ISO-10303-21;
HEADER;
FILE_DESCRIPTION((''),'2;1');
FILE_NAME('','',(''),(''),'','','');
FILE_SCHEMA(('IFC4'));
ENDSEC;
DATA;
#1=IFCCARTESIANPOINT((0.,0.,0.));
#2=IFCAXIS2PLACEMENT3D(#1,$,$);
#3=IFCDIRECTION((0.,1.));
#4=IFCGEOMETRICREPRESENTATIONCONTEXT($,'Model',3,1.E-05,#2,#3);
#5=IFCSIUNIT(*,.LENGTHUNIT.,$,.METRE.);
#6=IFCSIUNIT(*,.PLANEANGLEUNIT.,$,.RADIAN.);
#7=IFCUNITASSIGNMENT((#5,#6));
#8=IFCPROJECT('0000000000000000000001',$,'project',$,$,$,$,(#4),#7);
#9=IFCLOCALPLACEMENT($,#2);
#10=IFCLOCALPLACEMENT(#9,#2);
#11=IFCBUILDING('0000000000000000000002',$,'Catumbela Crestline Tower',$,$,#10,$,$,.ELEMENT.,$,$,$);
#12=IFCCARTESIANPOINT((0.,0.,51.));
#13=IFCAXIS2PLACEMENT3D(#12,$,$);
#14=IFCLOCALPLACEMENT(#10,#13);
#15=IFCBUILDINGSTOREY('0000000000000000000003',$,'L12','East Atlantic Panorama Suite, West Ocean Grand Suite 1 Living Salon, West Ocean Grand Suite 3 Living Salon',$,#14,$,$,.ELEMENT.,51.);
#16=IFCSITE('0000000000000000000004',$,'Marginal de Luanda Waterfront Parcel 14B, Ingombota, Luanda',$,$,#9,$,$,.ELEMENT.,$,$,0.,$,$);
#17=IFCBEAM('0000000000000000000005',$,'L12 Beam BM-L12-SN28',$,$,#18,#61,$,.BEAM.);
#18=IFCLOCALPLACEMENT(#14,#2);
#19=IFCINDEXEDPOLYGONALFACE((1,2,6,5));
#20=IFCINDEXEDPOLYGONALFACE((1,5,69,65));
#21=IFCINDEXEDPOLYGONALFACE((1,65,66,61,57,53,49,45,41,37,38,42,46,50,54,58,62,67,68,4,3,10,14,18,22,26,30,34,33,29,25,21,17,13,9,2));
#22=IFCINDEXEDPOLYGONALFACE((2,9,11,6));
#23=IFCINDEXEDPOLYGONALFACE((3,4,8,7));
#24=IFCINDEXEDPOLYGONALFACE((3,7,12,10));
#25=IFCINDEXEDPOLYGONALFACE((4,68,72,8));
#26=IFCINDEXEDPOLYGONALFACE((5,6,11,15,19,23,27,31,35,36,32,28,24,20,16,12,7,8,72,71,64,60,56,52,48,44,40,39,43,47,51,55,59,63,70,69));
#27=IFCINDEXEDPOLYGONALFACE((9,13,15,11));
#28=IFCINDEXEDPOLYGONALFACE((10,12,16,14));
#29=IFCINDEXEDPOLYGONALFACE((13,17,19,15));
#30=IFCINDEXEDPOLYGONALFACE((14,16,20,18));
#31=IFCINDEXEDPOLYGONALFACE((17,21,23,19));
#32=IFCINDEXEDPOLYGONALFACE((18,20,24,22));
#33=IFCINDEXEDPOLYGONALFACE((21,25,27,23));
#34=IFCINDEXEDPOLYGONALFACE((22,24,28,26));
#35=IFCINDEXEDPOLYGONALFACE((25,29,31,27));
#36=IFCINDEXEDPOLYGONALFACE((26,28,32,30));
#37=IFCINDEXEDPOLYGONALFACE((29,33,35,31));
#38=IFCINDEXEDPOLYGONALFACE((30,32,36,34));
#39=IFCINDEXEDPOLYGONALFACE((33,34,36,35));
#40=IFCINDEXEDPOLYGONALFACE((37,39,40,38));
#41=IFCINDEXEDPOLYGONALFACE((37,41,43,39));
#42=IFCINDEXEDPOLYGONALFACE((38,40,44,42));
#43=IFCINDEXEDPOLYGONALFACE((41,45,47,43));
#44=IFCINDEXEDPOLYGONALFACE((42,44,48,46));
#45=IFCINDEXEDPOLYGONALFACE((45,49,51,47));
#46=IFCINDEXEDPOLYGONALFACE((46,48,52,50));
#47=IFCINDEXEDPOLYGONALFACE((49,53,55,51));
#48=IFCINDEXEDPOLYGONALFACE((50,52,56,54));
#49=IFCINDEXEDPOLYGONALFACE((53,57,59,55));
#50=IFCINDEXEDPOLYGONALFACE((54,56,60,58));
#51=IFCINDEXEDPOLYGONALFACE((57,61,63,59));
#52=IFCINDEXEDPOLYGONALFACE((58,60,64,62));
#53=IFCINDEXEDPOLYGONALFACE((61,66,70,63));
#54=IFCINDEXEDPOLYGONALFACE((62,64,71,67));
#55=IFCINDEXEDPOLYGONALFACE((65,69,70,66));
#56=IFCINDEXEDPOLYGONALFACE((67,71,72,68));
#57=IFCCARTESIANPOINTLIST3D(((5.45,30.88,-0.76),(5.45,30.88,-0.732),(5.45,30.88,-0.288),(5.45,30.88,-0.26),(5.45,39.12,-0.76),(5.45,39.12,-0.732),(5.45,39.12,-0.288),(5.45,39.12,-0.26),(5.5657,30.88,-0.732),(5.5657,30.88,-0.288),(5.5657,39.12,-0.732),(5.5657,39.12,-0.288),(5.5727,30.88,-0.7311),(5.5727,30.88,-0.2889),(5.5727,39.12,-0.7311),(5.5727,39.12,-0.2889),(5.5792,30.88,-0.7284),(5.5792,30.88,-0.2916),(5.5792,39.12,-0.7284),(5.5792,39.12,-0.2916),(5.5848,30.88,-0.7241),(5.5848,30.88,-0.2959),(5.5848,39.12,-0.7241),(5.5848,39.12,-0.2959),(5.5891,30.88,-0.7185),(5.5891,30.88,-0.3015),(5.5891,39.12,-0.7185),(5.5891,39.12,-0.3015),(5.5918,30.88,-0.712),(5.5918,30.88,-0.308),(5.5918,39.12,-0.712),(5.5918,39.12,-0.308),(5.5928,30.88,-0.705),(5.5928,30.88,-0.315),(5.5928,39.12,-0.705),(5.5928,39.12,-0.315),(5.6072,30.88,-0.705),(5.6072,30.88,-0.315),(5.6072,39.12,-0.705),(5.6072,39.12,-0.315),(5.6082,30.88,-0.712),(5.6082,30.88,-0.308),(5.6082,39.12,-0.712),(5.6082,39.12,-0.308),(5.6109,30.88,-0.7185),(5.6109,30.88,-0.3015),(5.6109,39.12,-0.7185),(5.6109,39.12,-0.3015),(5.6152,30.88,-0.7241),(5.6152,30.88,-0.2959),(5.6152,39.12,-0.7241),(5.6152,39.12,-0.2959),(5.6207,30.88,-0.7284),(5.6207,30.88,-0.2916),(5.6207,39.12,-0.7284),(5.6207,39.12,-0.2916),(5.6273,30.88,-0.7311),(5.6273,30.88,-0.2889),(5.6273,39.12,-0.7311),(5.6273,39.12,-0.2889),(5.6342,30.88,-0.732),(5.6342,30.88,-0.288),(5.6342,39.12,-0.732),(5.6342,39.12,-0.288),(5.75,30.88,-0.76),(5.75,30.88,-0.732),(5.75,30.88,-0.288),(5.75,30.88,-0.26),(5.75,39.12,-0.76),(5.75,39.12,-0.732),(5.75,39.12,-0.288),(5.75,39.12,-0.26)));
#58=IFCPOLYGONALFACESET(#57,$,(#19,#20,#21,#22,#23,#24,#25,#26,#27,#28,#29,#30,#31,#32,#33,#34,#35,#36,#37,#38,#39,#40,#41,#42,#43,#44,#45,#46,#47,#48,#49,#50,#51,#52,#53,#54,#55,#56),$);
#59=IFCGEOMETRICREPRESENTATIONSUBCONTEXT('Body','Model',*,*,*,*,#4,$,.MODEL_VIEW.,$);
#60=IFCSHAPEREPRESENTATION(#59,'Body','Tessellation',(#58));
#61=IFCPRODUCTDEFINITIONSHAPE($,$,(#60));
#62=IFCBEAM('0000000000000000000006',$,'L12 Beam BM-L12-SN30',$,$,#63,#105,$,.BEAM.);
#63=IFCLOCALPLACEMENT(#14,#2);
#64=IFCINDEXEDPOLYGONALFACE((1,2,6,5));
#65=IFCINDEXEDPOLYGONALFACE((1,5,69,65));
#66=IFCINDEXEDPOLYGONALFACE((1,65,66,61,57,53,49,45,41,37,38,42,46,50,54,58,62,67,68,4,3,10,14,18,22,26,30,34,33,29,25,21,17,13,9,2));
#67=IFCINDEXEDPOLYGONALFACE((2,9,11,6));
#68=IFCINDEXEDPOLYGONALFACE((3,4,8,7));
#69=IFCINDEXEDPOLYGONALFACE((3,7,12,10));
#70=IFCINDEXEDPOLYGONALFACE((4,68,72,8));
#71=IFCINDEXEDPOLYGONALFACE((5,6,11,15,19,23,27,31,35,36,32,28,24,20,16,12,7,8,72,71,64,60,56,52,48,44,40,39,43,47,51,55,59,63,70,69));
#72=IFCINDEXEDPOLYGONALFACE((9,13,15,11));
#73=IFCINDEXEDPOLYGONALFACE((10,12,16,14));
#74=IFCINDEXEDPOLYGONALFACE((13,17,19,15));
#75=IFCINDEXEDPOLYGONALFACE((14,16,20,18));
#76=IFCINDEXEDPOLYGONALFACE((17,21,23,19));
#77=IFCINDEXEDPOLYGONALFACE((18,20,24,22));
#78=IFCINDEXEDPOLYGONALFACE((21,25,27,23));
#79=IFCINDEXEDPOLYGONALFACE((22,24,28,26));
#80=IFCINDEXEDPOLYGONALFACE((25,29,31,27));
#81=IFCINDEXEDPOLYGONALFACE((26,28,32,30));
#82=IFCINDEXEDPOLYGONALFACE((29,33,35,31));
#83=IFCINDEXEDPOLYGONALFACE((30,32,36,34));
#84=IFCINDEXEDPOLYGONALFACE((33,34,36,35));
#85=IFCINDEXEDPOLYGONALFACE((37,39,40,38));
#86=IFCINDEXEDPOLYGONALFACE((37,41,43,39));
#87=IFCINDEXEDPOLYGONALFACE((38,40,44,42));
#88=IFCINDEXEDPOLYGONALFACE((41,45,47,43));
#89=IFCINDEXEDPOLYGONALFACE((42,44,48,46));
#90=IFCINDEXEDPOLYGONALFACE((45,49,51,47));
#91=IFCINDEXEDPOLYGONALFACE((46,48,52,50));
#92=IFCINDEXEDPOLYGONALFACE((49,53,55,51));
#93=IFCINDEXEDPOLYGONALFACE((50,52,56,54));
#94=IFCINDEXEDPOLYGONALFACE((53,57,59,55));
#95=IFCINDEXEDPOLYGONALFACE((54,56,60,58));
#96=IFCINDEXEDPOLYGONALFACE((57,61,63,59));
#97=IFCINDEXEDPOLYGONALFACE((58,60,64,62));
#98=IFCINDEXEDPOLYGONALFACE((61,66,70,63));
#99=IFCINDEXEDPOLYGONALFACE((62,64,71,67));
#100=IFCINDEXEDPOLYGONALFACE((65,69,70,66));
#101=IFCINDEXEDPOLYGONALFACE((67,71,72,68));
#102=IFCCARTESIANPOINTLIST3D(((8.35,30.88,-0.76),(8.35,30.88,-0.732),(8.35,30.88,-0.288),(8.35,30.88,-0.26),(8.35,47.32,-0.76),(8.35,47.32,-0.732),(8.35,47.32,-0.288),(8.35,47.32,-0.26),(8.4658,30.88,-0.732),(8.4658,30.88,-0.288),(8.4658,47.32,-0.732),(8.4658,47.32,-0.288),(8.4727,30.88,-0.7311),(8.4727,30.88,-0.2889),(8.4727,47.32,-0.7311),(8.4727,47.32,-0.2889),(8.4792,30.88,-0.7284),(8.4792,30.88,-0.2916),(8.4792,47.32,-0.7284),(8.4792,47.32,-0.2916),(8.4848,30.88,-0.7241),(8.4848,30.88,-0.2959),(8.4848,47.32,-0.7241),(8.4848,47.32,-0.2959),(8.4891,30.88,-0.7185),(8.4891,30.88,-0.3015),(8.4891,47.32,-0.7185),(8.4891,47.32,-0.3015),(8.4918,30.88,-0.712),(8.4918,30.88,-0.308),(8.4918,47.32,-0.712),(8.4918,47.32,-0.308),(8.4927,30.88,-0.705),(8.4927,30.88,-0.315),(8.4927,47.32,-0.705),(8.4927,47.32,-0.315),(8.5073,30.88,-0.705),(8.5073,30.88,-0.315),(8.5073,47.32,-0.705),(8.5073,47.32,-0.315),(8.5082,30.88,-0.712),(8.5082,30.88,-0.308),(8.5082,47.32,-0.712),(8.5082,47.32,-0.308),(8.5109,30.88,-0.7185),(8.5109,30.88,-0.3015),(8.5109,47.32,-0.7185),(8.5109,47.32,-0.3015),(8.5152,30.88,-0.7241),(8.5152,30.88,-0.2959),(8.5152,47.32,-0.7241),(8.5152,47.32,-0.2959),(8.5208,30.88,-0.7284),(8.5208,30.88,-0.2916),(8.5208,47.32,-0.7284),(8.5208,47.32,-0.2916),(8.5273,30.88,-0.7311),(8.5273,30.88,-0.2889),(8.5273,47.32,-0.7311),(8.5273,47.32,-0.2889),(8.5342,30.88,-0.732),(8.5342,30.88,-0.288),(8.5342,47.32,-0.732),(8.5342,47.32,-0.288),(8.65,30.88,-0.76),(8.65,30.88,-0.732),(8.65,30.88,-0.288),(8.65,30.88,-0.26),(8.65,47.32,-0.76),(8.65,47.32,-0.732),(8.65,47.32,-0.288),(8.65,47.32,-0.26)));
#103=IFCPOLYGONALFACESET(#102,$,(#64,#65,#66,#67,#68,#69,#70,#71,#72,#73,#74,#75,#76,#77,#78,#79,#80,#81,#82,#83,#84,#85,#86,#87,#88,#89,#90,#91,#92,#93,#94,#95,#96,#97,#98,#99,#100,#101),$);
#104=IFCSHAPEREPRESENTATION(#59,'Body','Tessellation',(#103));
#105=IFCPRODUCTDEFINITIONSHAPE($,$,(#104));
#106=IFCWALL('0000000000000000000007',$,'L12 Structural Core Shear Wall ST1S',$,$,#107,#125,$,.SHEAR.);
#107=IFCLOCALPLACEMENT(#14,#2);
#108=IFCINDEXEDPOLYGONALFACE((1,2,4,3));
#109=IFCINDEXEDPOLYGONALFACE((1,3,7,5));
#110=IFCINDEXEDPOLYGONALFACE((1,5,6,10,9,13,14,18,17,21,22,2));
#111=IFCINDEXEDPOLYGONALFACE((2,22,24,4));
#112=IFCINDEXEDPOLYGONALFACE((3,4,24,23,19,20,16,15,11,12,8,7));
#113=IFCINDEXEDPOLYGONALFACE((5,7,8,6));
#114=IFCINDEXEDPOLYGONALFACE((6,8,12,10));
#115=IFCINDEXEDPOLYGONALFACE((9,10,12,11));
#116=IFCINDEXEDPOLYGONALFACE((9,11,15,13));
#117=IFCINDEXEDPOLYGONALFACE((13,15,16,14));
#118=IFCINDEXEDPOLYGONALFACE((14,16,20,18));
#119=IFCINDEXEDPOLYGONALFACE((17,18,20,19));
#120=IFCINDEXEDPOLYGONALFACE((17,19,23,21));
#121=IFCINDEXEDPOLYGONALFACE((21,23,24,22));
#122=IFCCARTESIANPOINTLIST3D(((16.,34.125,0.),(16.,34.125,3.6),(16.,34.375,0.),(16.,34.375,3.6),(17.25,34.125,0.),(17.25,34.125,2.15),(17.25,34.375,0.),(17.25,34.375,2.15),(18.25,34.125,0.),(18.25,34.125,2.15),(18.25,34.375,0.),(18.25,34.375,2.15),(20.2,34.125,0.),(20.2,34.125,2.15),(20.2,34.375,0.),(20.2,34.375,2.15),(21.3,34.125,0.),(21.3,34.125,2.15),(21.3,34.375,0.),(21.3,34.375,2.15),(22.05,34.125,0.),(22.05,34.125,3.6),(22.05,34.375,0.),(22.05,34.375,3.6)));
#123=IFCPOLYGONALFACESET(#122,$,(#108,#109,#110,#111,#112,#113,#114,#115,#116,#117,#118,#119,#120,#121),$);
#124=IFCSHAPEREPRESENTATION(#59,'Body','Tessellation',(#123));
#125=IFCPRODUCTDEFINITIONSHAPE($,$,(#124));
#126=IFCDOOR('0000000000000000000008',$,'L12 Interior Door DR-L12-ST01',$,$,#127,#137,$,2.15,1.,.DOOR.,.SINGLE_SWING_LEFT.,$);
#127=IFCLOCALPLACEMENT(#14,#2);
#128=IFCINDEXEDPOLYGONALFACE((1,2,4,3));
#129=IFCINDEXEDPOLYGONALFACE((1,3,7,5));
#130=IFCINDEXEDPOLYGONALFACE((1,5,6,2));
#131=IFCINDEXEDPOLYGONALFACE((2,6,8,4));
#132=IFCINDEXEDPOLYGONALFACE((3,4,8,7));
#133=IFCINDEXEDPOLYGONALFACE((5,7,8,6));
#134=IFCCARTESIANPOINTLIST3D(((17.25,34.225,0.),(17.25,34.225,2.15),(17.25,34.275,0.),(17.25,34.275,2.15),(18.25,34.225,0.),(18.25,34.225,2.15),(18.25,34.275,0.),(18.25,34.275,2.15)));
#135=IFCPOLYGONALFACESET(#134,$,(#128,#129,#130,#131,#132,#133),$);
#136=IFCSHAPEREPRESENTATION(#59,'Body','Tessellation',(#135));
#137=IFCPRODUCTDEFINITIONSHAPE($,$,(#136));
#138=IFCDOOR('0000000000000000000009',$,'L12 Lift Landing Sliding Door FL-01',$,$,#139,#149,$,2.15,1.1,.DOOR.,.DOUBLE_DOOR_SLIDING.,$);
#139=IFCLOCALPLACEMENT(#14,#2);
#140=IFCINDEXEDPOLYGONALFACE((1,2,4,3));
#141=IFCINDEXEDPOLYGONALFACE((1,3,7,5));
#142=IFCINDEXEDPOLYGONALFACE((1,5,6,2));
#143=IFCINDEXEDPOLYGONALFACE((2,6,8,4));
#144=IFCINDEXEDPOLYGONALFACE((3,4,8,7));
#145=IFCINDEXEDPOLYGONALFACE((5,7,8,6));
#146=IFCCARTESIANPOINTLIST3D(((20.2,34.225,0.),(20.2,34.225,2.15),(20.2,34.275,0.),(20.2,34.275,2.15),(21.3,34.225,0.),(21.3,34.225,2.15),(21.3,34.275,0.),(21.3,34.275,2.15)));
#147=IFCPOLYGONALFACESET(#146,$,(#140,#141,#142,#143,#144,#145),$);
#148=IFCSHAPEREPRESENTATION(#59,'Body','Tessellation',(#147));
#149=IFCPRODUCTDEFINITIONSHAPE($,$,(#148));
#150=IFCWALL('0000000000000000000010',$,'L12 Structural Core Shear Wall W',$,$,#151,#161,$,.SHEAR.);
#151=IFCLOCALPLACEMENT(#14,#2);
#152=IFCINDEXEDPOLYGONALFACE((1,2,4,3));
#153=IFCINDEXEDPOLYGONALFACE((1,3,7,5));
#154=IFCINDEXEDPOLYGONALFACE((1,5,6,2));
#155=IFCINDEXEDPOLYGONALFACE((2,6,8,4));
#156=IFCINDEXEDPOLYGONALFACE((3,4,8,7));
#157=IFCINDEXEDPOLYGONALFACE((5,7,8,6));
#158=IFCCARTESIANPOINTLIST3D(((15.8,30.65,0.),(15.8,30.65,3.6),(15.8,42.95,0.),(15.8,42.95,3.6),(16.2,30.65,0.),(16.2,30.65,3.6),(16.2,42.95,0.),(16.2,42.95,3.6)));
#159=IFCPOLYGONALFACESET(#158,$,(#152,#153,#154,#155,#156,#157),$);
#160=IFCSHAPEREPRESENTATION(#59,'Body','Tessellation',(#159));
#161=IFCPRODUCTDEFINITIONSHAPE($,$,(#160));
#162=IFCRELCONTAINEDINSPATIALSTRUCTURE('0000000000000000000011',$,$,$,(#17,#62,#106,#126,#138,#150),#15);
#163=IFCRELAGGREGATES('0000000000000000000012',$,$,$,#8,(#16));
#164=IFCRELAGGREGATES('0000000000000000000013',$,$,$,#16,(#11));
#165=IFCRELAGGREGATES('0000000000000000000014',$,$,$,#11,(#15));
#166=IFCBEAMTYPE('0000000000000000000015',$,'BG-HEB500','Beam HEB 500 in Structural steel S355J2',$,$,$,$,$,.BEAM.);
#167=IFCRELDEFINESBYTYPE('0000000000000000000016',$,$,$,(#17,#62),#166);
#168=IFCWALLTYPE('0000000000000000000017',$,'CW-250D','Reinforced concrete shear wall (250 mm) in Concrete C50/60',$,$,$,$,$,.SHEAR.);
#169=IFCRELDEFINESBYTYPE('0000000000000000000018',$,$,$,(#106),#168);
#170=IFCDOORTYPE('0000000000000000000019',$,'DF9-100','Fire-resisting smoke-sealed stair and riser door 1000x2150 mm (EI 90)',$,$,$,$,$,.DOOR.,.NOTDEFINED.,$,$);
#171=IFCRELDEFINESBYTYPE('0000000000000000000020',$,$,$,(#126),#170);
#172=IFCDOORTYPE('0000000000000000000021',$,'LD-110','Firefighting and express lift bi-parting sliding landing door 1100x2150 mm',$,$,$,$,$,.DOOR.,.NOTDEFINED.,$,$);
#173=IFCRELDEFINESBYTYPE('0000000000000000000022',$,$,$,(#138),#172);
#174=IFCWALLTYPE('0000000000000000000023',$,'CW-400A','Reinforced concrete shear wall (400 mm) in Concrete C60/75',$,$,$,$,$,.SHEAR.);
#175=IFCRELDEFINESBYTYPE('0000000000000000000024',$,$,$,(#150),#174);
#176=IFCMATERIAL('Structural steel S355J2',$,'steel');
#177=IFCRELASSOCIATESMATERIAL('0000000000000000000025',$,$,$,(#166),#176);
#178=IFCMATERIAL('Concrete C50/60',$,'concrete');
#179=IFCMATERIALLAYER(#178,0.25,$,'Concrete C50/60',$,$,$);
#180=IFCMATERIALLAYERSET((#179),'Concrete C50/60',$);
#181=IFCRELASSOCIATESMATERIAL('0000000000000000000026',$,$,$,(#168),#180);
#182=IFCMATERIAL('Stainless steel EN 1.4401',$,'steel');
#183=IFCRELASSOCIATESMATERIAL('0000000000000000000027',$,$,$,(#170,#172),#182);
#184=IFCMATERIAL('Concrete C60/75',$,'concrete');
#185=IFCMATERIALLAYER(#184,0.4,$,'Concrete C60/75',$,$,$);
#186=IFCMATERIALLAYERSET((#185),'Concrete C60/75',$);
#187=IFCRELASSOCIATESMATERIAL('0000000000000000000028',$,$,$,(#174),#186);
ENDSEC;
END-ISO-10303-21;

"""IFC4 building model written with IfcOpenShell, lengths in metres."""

from ifc_helpers import new_model, si_unit, direction, frame, frame_2d, origin, origin_2d, place, context, subcontext, project, spatial, rectangle, i_section, extrude, material, layer, layer_set, material_profile, profile_set, type_object, element, fill, save


model = new_model("IFC4")

# Units and contexts
model_context = context("Model", 3, precision=1e-05, world=origin(), true_north=direction((0.0, 1.0)))
body_context = subcontext(model_context, "Body", "Model", "MODEL_VIEW")
ifc_project = project(units=[si_unit("LENGTHUNIT", "METRE"), si_unit("PLANEANGLEUNIT", "RADIAN")], contexts=[model_context])

# Site, building, storey
site_placement = place(None, origin())
site = spatial("IfcSite", under=ifc_project, at=site_placement, Name="Marginal de Luanda Waterfront Parcel 14B, Ingombota, Luanda", CompositionType="ELEMENT", RefElevation=0.0)
building_placement = place(site_placement, origin())
building = spatial("IfcBuilding", under=site, at=building_placement, Name="Catumbela Crestline Tower", CompositionType="ELEMENT")
storey_placement = place(building_placement, frame((0.0, 0.0, 51.0)))
storey = spatial("IfcBuildingStorey", under=building, at=storey_placement, Name="L12", Description="East Atlantic Panorama Suite, West Ocean Grand Suite 1 Living Salon, West Ocean Grand Suite 3 Living Salon", CompositionType="ELEMENT", Elevation=51.0)

# Beams
ifc_material_1 = material(Name="Structural steel S355J2", Category="steel")
ifc_material_profile_1 = material_profile(ifc_material_1, i_section(OverallWidth=0.3, OverallDepth=0.5, WebThickness=0.0145, FlangeThickness=0.028, FilletRadius=0.027, at=origin_2d()), Name="HEB 500")
ifc_profile_set_1 = profile_set([ifc_material_profile_1], Name="Structural steel S355J2")
beam_type = type_object("IfcBeamType", Name="BG-HEB500", Description="Beam HEB 500 in Structural steel S355J2", PredefinedType="BEAM", material=ifc_profile_set_1)
beam_1_placement = place(storey_placement, frame((5.6, 30.88, -0.51), z_axis=(0.0, 1.0, 0.0), x_axis=(-1.0, 0.0, 0.0)))
element("IfcBeam", 1, at=beam_1_placement, inside=storey, type_object=beam_type, Name="L12 Beam BM-L12-SN28", PredefinedType="BEAM", context=body_context, shape_type="SweptSolid", body=[
    extrude(i_section(OverallWidth=0.3, OverallDepth=0.5, WebThickness=0.0145, FlangeThickness=0.028, FilletRadius=0.027, at=origin_2d()), origin(), (0.0, 0.0, 1.0), 8.24),
])
beam_2_placement = place(storey_placement, frame((8.5, 30.88, -0.51), z_axis=(0.0, 1.0, 0.0), x_axis=(-1.0, 0.0, 0.0)))
element("IfcBeam", 2, at=beam_2_placement, inside=storey, type_object=beam_type, Name="L12 Beam BM-L12-SN30", PredefinedType="BEAM", context=body_context, shape_type="SweptSolid", body=[
    extrude(i_section(OverallWidth=0.3, OverallDepth=0.5, WebThickness=0.0145, FlangeThickness=0.028, FilletRadius=0.027, at=origin_2d()), origin(), (0.0, 0.0, 1.0), 16.44),
])

# Wall, openings, doors
ifc_material_2 = material(Name="Concrete C50/60", Category="concrete")
ifc_layer_1 = layer(ifc_material_2, 0.25, Name="Concrete C50/60")
ifc_layer_set_1 = layer_set([ifc_layer_1], Name="Concrete C50/60")
wall_type_1 = type_object("IfcWallType", Name="CW-250D", Description="Reinforced concrete shear wall (250 mm) in Concrete C50/60", PredefinedType="SHEAR", material=ifc_layer_set_1)
wall_1_placement = place(storey_placement, frame((16.0, 34.25, 0.0), z_axis=(0.0, 0.0, 1.0), x_axis=(1.0, 0.0, 0.0)))
wall_1 = element("IfcWall", 3, at=wall_1_placement, inside=storey, type_object=wall_type_1, Name="L12 Structural Core Shear Wall ST1S", PredefinedType="SHEAR", context=body_context, shape_type="SweptSolid", body=[
    extrude(rectangle(XDim=6.05, YDim=0.25, at=frame_2d((3.025, 0.0))), origin(), (0.0, 0.0, 1.0), 3.6),
])
opening_1_placement = place(wall_1_placement, frame((1.25, 0.0, 0.0)))
opening_1 = element("IfcOpeningElement", 4, at=opening_1_placement, cuts=wall_1, PredefinedType="OPENING", context=body_context, shape_type="SweptSolid", body=[
    extrude(rectangle(XDim=1.0, YDim=2.15, at=frame_2d((0.5, 1.075))), frame((0.0, 0.135, 0.0), z_axis=(0.0, -1.0, 0.0), x_axis=(1.0, 0.0, 0.0)), (0.0, 0.0, 1.0), 0.27),
])
opening_2_placement = place(wall_1_placement, frame((4.2, 0.0, 0.0)))
opening_2 = element("IfcOpeningElement", 5, at=opening_2_placement, cuts=wall_1, PredefinedType="OPENING", context=body_context, shape_type="SweptSolid", body=[
    extrude(rectangle(XDim=1.1, YDim=2.15, at=frame_2d((0.55, 1.075))), frame((0.0, 0.135, 0.0), z_axis=(0.0, -1.0, 0.0), x_axis=(1.0, 0.0, 0.0)), (0.0, 0.0, 1.0), 0.27),
])
ifc_material_3 = material(Name="Stainless steel EN 1.4401", Category="steel")
door_type_1 = type_object("IfcDoorType", Name="DF9-100", Description="Fire-resisting smoke-sealed stair and riser door 1000x2150 mm (EI 90)", OperationType="NOTDEFINED", PredefinedType="DOOR", material=ifc_material_3)
door_1_placement = place(opening_1_placement, origin())
door_1 = element("IfcDoor", 6, at=door_1_placement, inside=storey, type_object=door_type_1, Name="L12 Interior Door DR-L12-ST01", OperationType="SINGLE_SWING_LEFT", OverallHeight=2.15, OverallWidth=1.0, PredefinedType="DOOR", context=body_context, shape_type="SweptSolid", body=[
    extrude(rectangle(XDim=1.0, YDim=2.15, at=frame_2d((0.5, 1.075))), frame((0.0, 0.025, 0.0), z_axis=(0.0, -1.0, 0.0), x_axis=(1.0, 0.0, 0.0)), (0.0, 0.0, 1.0), 0.05),
])
fill(opening_1, door_1)
door_type_2 = type_object("IfcDoorType", Name="LD-110", Description="Firefighting and express lift bi-parting sliding landing door 1100x2150 mm", OperationType="NOTDEFINED", PredefinedType="DOOR", material=ifc_material_3)
door_2_placement = place(opening_2_placement, origin())
door_2 = element("IfcDoor", 7, at=door_2_placement, inside=storey, type_object=door_type_2, Name="L12 Lift Landing Sliding Door FL-01", OperationType="DOUBLE_DOOR_SLIDING", OverallHeight=2.15, OverallWidth=1.1, PredefinedType="DOOR", context=body_context, shape_type="SweptSolid", body=[
    extrude(rectangle(XDim=1.1, YDim=2.15, at=frame_2d((0.55, 1.075))), frame((0.0, 0.025, 0.0), z_axis=(0.0, -1.0, 0.0), x_axis=(1.0, 0.0, 0.0)), (0.0, 0.0, 1.0), 0.05),
])
fill(opening_2, door_2)

# Wall
ifc_material_4 = material(Name="Concrete C60/75", Category="concrete")
ifc_layer_2 = layer(ifc_material_4, 0.4, Name="Concrete C60/75")
ifc_layer_set_2 = layer_set([ifc_layer_2], Name="Concrete C60/75")
wall_type_2 = type_object("IfcWallType", Name="CW-400A", Description="Reinforced concrete shear wall (400 mm) in Concrete C60/75", PredefinedType="SHEAR", material=ifc_layer_set_2)
wall_2_placement = place(storey_placement, frame((16.0, 30.65, 0.0), z_axis=(0.0, 0.0, 1.0), x_axis=(0.0, 1.0, 0.0)))
element("IfcWall", 8, at=wall_2_placement, inside=storey, type_object=wall_type_2, Name="L12 Structural Core Shear Wall W", PredefinedType="SHEAR", context=body_context, shape_type="SweptSolid", body=[
    extrude(rectangle(XDim=12.3, YDim=0.4, at=frame_2d((6.15, 0.0))), origin(), (0.0, 0.0, 1.0), 3.6),
])

save(model, "model.ifc")
